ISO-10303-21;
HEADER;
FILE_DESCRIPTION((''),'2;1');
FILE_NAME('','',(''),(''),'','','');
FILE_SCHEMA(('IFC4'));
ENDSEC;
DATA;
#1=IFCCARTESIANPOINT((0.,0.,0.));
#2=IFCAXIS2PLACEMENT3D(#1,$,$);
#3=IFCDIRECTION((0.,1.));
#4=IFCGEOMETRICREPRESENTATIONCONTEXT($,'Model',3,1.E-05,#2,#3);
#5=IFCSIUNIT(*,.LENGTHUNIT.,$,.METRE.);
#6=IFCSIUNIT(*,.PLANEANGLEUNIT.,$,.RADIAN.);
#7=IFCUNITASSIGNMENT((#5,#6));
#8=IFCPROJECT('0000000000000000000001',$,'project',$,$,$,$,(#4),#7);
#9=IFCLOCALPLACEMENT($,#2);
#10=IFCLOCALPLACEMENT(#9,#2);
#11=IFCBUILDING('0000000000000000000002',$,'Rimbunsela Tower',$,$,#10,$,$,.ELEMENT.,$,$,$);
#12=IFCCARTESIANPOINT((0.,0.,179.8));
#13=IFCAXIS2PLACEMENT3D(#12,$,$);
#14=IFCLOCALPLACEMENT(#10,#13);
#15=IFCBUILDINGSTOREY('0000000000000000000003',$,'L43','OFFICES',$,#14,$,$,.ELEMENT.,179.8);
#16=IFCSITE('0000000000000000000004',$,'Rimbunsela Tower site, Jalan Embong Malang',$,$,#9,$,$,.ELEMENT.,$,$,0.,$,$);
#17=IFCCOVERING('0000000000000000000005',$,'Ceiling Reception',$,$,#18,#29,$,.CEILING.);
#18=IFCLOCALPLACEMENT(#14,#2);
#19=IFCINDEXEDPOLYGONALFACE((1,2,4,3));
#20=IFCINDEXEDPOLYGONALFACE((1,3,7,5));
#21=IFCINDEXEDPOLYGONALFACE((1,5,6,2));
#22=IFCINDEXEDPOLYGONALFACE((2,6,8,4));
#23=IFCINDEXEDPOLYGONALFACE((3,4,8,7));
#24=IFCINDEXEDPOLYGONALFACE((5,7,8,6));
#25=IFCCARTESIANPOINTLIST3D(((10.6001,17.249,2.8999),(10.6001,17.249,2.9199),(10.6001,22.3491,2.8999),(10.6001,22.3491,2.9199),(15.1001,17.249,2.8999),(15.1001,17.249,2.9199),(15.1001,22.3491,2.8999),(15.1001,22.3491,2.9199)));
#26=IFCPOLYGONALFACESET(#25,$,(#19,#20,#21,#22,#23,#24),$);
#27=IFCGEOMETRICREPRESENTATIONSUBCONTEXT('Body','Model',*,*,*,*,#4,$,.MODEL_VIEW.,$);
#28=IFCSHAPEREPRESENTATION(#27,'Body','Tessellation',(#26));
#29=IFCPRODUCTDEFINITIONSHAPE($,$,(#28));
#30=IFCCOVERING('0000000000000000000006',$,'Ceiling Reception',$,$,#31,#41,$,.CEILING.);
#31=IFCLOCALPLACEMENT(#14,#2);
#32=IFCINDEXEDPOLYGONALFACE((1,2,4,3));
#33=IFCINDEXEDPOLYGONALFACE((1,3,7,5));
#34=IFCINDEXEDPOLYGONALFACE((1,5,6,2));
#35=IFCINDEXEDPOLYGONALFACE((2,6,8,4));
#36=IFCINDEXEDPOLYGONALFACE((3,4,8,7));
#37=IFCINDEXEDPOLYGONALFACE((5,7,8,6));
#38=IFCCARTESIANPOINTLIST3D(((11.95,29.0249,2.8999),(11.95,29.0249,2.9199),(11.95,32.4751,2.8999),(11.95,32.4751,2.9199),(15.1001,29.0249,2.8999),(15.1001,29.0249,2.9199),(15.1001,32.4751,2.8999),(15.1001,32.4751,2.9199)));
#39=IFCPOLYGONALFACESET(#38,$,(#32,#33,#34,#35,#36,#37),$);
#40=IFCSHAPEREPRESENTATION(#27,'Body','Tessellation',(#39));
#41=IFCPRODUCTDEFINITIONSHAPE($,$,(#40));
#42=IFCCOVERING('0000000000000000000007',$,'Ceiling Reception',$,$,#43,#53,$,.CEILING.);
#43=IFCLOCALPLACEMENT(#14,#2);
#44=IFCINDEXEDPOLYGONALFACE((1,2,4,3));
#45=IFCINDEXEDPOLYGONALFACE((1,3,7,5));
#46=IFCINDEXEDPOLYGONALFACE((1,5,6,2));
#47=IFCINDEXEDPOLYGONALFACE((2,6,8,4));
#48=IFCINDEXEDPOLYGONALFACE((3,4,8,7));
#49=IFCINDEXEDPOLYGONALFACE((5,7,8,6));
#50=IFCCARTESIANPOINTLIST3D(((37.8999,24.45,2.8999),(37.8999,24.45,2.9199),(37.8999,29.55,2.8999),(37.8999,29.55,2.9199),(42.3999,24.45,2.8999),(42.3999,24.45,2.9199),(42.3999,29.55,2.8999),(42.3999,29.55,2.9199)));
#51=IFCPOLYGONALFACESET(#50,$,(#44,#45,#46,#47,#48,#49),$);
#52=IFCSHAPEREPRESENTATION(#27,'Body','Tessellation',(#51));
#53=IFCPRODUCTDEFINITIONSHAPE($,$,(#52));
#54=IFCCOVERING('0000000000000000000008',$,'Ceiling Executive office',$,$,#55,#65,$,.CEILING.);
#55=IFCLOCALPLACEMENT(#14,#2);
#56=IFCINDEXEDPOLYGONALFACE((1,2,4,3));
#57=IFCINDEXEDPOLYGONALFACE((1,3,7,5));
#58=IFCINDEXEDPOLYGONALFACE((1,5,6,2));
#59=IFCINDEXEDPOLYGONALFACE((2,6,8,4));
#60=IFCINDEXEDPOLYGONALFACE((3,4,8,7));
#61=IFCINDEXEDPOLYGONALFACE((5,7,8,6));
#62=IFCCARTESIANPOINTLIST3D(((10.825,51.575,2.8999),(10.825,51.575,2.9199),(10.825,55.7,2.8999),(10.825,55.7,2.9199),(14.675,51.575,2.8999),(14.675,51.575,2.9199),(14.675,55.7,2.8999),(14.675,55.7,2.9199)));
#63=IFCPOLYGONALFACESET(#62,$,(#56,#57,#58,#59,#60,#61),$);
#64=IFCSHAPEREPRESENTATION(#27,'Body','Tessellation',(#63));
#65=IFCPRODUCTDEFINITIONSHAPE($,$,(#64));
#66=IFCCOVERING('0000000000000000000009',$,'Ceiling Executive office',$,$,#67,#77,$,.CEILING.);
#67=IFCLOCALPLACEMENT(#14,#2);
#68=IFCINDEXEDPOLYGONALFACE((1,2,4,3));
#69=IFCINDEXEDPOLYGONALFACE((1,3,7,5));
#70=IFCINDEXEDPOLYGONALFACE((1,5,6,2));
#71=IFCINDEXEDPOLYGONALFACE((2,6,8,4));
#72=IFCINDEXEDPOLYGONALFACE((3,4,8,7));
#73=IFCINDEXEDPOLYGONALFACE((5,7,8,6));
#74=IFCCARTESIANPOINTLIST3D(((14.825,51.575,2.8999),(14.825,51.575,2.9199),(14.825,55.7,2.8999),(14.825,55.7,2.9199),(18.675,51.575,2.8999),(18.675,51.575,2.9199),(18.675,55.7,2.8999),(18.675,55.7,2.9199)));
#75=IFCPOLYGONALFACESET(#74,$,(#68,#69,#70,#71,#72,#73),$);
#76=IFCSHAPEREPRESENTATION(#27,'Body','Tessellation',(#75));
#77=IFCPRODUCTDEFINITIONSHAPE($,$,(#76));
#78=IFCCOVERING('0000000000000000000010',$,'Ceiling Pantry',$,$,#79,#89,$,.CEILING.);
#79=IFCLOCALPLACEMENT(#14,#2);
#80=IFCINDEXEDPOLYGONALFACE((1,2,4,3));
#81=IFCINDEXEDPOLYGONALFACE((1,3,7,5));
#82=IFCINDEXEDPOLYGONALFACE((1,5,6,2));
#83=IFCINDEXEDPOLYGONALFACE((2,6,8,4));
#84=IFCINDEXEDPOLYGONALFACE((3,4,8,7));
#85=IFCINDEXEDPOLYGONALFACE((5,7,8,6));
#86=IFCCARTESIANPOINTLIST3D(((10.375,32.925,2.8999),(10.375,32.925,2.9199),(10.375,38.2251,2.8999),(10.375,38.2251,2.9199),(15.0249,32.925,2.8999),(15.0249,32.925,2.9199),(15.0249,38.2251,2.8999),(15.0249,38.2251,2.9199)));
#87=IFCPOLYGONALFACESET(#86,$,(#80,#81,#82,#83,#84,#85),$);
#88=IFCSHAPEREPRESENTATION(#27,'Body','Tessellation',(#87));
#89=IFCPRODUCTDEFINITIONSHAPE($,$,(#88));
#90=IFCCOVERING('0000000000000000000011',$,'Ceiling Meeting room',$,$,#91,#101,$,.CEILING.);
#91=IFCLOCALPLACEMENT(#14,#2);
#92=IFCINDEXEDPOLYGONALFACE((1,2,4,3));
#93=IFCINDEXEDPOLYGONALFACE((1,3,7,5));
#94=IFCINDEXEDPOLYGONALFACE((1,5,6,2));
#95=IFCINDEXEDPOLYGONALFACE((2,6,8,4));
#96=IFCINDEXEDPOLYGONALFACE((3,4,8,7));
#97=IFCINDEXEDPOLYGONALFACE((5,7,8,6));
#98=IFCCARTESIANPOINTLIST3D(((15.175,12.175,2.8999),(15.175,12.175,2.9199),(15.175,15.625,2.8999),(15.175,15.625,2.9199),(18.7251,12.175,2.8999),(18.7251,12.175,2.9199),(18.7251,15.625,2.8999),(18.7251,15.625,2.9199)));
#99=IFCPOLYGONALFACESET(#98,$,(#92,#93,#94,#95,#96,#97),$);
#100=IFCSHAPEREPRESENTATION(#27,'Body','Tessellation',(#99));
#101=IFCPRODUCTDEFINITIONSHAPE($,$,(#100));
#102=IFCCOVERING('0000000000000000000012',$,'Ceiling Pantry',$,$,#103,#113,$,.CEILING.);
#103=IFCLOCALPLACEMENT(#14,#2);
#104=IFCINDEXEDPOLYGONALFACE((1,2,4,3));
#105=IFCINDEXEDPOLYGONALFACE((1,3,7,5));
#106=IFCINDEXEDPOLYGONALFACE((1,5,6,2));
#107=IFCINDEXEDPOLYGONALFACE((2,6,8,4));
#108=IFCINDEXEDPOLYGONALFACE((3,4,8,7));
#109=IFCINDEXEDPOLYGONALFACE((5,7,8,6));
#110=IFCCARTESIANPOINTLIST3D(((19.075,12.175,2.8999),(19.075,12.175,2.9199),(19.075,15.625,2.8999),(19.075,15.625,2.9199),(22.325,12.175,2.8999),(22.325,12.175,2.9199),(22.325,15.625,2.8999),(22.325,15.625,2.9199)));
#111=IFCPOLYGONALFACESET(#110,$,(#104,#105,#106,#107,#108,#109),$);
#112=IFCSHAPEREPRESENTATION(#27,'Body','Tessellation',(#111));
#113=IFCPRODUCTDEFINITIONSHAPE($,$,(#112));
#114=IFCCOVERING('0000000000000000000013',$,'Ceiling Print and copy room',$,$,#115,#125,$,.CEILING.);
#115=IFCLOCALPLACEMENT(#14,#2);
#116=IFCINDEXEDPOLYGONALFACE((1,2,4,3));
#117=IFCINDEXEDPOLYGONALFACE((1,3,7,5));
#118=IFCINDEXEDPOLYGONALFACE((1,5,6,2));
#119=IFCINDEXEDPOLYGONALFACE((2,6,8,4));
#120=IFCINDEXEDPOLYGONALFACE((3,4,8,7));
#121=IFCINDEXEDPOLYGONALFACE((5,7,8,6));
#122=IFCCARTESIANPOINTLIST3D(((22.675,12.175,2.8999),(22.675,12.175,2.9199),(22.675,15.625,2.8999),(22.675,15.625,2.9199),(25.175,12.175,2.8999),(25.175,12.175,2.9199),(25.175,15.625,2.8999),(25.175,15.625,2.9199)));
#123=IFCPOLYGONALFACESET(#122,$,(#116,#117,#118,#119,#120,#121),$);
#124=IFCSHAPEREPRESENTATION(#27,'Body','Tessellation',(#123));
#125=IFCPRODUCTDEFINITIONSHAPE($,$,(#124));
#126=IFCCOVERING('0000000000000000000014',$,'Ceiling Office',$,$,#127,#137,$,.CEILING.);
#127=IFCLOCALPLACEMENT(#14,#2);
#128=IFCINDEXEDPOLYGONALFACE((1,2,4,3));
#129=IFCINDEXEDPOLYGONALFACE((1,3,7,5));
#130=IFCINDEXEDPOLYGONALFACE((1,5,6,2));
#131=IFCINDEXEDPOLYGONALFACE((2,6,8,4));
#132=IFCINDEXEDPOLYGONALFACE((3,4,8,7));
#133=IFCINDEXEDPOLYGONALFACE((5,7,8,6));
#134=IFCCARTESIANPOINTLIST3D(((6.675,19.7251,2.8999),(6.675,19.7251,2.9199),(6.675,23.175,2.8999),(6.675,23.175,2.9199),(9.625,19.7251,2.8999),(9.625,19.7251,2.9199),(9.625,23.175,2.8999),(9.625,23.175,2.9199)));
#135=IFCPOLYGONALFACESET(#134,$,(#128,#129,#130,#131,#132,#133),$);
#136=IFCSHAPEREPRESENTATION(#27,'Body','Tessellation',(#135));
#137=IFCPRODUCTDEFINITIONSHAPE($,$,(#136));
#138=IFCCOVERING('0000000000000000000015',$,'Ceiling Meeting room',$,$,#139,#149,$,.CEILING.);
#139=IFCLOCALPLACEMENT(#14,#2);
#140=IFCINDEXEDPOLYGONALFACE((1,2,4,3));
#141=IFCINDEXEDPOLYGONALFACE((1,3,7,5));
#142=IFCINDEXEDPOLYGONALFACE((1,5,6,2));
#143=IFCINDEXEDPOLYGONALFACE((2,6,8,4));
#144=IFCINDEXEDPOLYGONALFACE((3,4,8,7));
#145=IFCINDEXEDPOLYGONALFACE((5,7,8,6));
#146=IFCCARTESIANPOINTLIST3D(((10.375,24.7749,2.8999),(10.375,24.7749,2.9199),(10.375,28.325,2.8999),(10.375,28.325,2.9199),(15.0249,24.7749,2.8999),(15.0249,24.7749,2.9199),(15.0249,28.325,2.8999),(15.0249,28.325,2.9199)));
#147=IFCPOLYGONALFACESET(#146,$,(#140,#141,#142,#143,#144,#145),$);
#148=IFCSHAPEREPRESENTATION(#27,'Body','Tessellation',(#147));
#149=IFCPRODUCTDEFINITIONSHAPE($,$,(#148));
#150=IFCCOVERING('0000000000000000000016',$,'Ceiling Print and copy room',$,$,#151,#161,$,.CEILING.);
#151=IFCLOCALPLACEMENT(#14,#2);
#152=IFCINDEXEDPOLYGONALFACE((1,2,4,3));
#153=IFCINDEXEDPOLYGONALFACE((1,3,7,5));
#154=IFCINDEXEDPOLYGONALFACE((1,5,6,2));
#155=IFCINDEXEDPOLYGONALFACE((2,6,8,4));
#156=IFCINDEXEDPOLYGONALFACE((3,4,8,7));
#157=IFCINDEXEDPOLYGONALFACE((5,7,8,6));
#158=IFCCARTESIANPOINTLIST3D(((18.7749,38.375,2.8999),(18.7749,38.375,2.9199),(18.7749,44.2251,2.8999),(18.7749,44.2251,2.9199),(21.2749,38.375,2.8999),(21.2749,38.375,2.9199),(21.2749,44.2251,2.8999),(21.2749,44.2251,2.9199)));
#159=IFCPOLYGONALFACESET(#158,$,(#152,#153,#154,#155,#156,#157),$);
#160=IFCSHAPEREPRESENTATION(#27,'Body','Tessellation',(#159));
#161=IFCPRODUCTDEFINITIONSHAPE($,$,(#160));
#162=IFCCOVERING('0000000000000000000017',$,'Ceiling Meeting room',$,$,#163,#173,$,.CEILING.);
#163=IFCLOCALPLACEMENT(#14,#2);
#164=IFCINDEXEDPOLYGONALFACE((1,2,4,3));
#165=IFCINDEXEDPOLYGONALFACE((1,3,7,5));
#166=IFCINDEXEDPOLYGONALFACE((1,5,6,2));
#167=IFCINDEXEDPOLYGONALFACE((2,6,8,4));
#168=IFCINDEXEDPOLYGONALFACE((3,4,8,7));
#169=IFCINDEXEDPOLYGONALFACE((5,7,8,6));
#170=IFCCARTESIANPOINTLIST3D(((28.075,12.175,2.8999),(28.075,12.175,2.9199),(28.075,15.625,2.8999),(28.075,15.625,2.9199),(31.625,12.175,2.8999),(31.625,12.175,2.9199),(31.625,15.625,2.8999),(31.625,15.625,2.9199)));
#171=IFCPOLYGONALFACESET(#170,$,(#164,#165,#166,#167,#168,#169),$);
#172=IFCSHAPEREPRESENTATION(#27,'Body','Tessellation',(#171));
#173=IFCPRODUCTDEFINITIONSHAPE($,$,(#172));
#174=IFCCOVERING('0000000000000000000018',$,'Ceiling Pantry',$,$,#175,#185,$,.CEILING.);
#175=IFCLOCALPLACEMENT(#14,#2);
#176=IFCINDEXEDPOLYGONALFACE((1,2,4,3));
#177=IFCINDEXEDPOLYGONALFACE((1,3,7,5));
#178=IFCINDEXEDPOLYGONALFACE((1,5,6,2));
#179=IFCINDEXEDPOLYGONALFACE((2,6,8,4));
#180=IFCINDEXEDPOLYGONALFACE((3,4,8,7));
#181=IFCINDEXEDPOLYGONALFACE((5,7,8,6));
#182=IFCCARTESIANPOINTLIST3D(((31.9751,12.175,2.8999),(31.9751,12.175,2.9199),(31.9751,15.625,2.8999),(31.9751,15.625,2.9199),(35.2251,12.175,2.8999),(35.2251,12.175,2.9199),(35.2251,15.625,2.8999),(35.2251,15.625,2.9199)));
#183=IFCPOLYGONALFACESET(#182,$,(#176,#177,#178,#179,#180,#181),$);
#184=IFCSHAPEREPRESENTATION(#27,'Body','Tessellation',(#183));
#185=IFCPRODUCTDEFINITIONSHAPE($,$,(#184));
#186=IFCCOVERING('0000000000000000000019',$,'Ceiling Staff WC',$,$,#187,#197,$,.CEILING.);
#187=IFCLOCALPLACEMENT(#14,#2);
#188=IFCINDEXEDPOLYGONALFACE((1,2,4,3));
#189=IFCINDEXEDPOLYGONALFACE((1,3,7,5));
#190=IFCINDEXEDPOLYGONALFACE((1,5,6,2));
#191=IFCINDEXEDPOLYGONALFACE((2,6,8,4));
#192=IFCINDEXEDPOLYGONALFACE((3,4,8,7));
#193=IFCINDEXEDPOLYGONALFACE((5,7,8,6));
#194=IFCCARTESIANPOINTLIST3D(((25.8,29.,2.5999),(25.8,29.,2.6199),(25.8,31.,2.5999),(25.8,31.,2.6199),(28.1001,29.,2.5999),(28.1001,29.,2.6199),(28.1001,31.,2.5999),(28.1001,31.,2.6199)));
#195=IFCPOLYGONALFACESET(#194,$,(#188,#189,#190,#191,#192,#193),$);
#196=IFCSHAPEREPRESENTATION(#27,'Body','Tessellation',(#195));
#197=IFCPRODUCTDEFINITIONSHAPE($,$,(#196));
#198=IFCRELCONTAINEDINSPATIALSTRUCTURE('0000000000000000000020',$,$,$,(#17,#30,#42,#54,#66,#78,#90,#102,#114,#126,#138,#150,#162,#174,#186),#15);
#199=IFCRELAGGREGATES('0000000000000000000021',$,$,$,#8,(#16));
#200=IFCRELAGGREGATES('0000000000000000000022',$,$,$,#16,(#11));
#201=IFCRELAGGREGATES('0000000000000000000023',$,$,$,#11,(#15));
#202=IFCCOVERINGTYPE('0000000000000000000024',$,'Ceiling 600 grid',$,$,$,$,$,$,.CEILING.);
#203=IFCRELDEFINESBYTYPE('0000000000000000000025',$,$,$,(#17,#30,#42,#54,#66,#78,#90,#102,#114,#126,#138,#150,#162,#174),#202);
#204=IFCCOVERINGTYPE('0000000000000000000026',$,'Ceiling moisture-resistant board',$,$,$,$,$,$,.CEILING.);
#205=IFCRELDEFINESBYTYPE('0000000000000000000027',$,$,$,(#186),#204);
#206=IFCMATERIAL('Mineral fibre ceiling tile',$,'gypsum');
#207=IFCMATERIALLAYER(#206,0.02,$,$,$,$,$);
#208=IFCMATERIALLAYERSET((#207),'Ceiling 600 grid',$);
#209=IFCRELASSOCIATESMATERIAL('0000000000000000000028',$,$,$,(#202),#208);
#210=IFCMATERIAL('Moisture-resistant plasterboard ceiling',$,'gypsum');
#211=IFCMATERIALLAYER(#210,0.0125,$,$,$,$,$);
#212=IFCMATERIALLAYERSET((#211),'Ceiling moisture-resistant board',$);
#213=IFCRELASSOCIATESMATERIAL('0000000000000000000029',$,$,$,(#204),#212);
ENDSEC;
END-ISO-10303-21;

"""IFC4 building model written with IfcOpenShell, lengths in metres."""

from ifc_helpers import new_model, si_unit, direction, frame, origin, place, context, subcontext, project, spatial, polyline, outline, extrude, material, layer, layer_set, type_object, element, save


model = new_model("IFC4")

# Units and contexts
model_context = context("Model", 3, precision=1e-05, world=origin(), true_north=direction((0.0, 1.0)))
body_context = subcontext(model_context, "Body", "Model", "MODEL_VIEW")
ifc_project = project(units=[si_unit("LENGTHUNIT", "METRE"), si_unit("PLANEANGLEUNIT", "RADIAN")], contexts=[model_context])

# Site, building, storey
site_placement = place(None, origin())
site = spatial("IfcSite", under=ifc_project, at=site_placement, Name="Rimbunsela Tower site, Jalan Embong Malang", CompositionType="ELEMENT", RefElevation=0.0)
building_placement = place(site_placement, origin())
building = spatial("IfcBuilding", under=site, at=building_placement, Name="Rimbunsela Tower", CompositionType="ELEMENT")
storey_placement = place(building_placement, frame((0.0, 0.0, 179.8)))
storey = spatial("IfcBuildingStorey", under=building, at=storey_placement, Name="L43", Description="OFFICES", CompositionType="ELEMENT", Elevation=179.8)

# Coverings
ifc_material_1 = material(Name="Mineral fibre ceiling tile", Category="gypsum")
ifc_layer_1 = layer(ifc_material_1, 0.02)
ifc_layer_set_1 = layer_set([ifc_layer_1], Name="Ceiling 600 grid")
covering_type_1 = type_object("IfcCoveringType", Name="Ceiling 600 grid", PredefinedType="CEILING", material=ifc_layer_set_1)
covering_1_placement = place(storey_placement, frame((0.0, 0.0, 2.8999)))
element("IfcCovering", 1, at=covering_1_placement, inside=storey, type_object=covering_type_1, Name="Ceiling Reception", PredefinedType="CEILING", context=body_context, shape_type="SweptSolid", body=[
    extrude(outline(polyline([(15.1001, 17.249), (15.1001, 22.3491), (10.6001, 22.3491), (10.6001, 17.249), (15.1001, 17.249)])), origin(), (0.0, 0.0, 1.0), 0.02),
])
covering_2_placement = place(storey_placement, frame((0.0, 0.0, 2.8999)))
element("IfcCovering", 2, at=covering_2_placement, inside=storey, type_object=covering_type_1, Name="Ceiling Reception", PredefinedType="CEILING", context=body_context, shape_type="SweptSolid", body=[
    extrude(outline(polyline([(15.1001, 29.0249), (15.1001, 32.4751), (11.95, 32.4751), (11.95, 29.0249), (15.1001, 29.0249)])), origin(), (0.0, 0.0, 1.0), 0.02),
])
covering_3_placement = place(storey_placement, frame((0.0, 0.0, 2.8999)))
element("IfcCovering", 3, at=covering_3_placement, inside=storey, type_object=covering_type_1, Name="Ceiling Reception", PredefinedType="CEILING", context=body_context, shape_type="SweptSolid", body=[
    extrude(outline(polyline([(42.3999, 24.45), (42.3999, 29.55), (37.8999, 29.55), (37.8999, 24.45), (42.3999, 24.45)])), origin(), (0.0, 0.0, 1.0), 0.02),
])
covering_4_placement = place(storey_placement, frame((0.0, 0.0, 2.8999)))
element("IfcCovering", 4, at=covering_4_placement, inside=storey, type_object=covering_type_1, Name="Ceiling Executive office", PredefinedType="CEILING", context=body_context, shape_type="SweptSolid", body=[
    extrude(outline(polyline([(14.675, 51.575), (14.675, 55.7), (10.825, 55.7), (10.825, 51.575), (14.675, 51.575)])), origin(), (0.0, 0.0, 1.0), 0.02),
])
covering_5_placement = place(storey_placement, frame((0.0, 0.0, 2.8999)))
element("IfcCovering", 5, at=covering_5_placement, inside=storey, type_object=covering_type_1, Name="Ceiling Executive office", PredefinedType="CEILING", context=body_context, shape_type="SweptSolid", body=[
    extrude(outline(polyline([(18.675, 51.575), (18.675, 55.7), (14.825, 55.7), (14.825, 51.575), (18.675, 51.575)])), origin(), (0.0, 0.0, 1.0), 0.02),
])
covering_6_placement = place(storey_placement, frame((0.0, 0.0, 2.8999)))
element("IfcCovering", 6, at=covering_6_placement, inside=storey, type_object=covering_type_1, Name="Ceiling Pantry", PredefinedType="CEILING", context=body_context, shape_type="SweptSolid", body=[
    extrude(outline(polyline([(15.0249, 32.925), (15.0249, 38.2251), (10.375, 38.2251), (10.375, 32.925), (15.0249, 32.925)])), origin(), (0.0, 0.0, 1.0), 0.02),
])
covering_7_placement = place(storey_placement, frame((0.0, 0.0, 2.8999)))
element("IfcCovering", 7, at=covering_7_placement, inside=storey, type_object=covering_type_1, Name="Ceiling Meeting room", PredefinedType="CEILING", context=body_context, shape_type="SweptSolid", body=[
    extrude(outline(polyline([(18.7251, 12.175), (18.7251, 15.625), (15.175, 15.625), (15.175, 12.175), (18.7251, 12.175)])), origin(), (0.0, 0.0, 1.0), 0.02),
])
covering_8_placement = place(storey_placement, frame((0.0, 0.0, 2.8999)))
element("IfcCovering", 8, at=covering_8_placement, inside=storey, type_object=covering_type_1, Name="Ceiling Pantry", PredefinedType="CEILING", context=body_context, shape_type="SweptSolid", body=[
    extrude(outline(polyline([(22.325, 12.175), (22.325, 15.625), (19.075, 15.625), (19.075, 12.175), (22.325, 12.175)])), origin(), (0.0, 0.0, 1.0), 0.02),
])
covering_9_placement = place(storey_placement, frame((0.0, 0.0, 2.8999)))
element("IfcCovering", 9, at=covering_9_placement, inside=storey, type_object=covering_type_1, Name="Ceiling Print and copy room", PredefinedType="CEILING", context=body_context, shape_type="SweptSolid", body=[
    extrude(outline(polyline([(25.175, 12.175), (25.175, 15.625), (22.675, 15.625), (22.675, 12.175), (25.175, 12.175)])), origin(), (0.0, 0.0, 1.0), 0.02),
])
covering_10_placement = place(storey_placement, frame((0.0, 0.0, 2.8999)))
element("IfcCovering", 10, at=covering_10_placement, inside=storey, type_object=covering_type_1, Name="Ceiling Office", PredefinedType="CEILING", context=body_context, shape_type="SweptSolid", body=[
    extrude(outline(polyline([(9.625, 19.7251), (9.625, 23.175), (6.675, 23.175), (6.675, 19.7251), (9.625, 19.7251)])), origin(), (0.0, 0.0, 1.0), 0.02),
])
covering_11_placement = place(storey_placement, frame((0.0, 0.0, 2.8999)))
element("IfcCovering", 11, at=covering_11_placement, inside=storey, type_object=covering_type_1, Name="Ceiling Meeting room", PredefinedType="CEILING", context=body_context, shape_type="SweptSolid", body=[
    extrude(outline(polyline([(15.0249, 24.7749), (15.0249, 28.325), (10.375, 28.325), (10.375, 24.7749), (15.0249, 24.7749)])), origin(), (0.0, 0.0, 1.0), 0.02),
])
covering_12_placement = place(storey_placement, frame((0.0, 0.0, 2.8999)))
element("IfcCovering", 12, at=covering_12_placement, inside=storey, type_object=covering_type_1, Name="Ceiling Print and copy room", PredefinedType="CEILING", context=body_context, shape_type="SweptSolid", body=[
    extrude(outline(polyline([(21.2749, 38.375), (21.2749, 44.2251), (18.7749, 44.2251), (18.7749, 38.375), (21.2749, 38.375)])), origin(), (0.0, 0.0, 1.0), 0.02),
])
covering_13_placement = place(storey_placement, frame((0.0, 0.0, 2.8999)))
element("IfcCovering", 13, at=covering_13_placement, inside=storey, type_object=covering_type_1, Name="Ceiling Meeting room", PredefinedType="CEILING", context=body_context, shape_type="SweptSolid", body=[
    extrude(outline(polyline([(31.625, 12.175), (31.625, 15.625), (28.075, 15.625), (28.075, 12.175), (31.625, 12.175)])), origin(), (0.0, 0.0, 1.0), 0.02),
])
covering_14_placement = place(storey_placement, frame((0.0, 0.0, 2.8999)))
element("IfcCovering", 14, at=covering_14_placement, inside=storey, type_object=covering_type_1, Name="Ceiling Pantry", PredefinedType="CEILING", context=body_context, shape_type="SweptSolid", body=[
    extrude(outline(polyline([(35.2251, 12.175), (35.2251, 15.625), (31.9751, 15.625), (31.9751, 12.175), (35.2251, 12.175)])), origin(), (0.0, 0.0, 1.0), 0.02),
])
ifc_material_2 = material(Name="Moisture-resistant plasterboard ceiling", Category="gypsum")
ifc_layer_2 = layer(ifc_material_2, 0.0125)
ifc_layer_set_2 = layer_set([ifc_layer_2], Name="Ceiling moisture-resistant board")
covering_type_2 = type_object("IfcCoveringType", Name="Ceiling moisture-resistant board", PredefinedType="CEILING", material=ifc_layer_set_2)
covering_15_placement = place(storey_placement, frame((0.0, 0.0, 2.5999)))
element("IfcCovering", 15, at=covering_15_placement, inside=storey, type_object=covering_type_2, Name="Ceiling Staff WC", PredefinedType="CEILING", context=body_context, shape_type="SweptSolid", body=[
    extrude(outline(polyline([(28.1001, 29.0), (28.1001, 31.0), (25.8, 31.0), (25.8, 29.0), (28.1001, 29.0)])), origin(), (0.0, 0.0, 1.0), 0.02),
])

save(model, "model.ifc")
